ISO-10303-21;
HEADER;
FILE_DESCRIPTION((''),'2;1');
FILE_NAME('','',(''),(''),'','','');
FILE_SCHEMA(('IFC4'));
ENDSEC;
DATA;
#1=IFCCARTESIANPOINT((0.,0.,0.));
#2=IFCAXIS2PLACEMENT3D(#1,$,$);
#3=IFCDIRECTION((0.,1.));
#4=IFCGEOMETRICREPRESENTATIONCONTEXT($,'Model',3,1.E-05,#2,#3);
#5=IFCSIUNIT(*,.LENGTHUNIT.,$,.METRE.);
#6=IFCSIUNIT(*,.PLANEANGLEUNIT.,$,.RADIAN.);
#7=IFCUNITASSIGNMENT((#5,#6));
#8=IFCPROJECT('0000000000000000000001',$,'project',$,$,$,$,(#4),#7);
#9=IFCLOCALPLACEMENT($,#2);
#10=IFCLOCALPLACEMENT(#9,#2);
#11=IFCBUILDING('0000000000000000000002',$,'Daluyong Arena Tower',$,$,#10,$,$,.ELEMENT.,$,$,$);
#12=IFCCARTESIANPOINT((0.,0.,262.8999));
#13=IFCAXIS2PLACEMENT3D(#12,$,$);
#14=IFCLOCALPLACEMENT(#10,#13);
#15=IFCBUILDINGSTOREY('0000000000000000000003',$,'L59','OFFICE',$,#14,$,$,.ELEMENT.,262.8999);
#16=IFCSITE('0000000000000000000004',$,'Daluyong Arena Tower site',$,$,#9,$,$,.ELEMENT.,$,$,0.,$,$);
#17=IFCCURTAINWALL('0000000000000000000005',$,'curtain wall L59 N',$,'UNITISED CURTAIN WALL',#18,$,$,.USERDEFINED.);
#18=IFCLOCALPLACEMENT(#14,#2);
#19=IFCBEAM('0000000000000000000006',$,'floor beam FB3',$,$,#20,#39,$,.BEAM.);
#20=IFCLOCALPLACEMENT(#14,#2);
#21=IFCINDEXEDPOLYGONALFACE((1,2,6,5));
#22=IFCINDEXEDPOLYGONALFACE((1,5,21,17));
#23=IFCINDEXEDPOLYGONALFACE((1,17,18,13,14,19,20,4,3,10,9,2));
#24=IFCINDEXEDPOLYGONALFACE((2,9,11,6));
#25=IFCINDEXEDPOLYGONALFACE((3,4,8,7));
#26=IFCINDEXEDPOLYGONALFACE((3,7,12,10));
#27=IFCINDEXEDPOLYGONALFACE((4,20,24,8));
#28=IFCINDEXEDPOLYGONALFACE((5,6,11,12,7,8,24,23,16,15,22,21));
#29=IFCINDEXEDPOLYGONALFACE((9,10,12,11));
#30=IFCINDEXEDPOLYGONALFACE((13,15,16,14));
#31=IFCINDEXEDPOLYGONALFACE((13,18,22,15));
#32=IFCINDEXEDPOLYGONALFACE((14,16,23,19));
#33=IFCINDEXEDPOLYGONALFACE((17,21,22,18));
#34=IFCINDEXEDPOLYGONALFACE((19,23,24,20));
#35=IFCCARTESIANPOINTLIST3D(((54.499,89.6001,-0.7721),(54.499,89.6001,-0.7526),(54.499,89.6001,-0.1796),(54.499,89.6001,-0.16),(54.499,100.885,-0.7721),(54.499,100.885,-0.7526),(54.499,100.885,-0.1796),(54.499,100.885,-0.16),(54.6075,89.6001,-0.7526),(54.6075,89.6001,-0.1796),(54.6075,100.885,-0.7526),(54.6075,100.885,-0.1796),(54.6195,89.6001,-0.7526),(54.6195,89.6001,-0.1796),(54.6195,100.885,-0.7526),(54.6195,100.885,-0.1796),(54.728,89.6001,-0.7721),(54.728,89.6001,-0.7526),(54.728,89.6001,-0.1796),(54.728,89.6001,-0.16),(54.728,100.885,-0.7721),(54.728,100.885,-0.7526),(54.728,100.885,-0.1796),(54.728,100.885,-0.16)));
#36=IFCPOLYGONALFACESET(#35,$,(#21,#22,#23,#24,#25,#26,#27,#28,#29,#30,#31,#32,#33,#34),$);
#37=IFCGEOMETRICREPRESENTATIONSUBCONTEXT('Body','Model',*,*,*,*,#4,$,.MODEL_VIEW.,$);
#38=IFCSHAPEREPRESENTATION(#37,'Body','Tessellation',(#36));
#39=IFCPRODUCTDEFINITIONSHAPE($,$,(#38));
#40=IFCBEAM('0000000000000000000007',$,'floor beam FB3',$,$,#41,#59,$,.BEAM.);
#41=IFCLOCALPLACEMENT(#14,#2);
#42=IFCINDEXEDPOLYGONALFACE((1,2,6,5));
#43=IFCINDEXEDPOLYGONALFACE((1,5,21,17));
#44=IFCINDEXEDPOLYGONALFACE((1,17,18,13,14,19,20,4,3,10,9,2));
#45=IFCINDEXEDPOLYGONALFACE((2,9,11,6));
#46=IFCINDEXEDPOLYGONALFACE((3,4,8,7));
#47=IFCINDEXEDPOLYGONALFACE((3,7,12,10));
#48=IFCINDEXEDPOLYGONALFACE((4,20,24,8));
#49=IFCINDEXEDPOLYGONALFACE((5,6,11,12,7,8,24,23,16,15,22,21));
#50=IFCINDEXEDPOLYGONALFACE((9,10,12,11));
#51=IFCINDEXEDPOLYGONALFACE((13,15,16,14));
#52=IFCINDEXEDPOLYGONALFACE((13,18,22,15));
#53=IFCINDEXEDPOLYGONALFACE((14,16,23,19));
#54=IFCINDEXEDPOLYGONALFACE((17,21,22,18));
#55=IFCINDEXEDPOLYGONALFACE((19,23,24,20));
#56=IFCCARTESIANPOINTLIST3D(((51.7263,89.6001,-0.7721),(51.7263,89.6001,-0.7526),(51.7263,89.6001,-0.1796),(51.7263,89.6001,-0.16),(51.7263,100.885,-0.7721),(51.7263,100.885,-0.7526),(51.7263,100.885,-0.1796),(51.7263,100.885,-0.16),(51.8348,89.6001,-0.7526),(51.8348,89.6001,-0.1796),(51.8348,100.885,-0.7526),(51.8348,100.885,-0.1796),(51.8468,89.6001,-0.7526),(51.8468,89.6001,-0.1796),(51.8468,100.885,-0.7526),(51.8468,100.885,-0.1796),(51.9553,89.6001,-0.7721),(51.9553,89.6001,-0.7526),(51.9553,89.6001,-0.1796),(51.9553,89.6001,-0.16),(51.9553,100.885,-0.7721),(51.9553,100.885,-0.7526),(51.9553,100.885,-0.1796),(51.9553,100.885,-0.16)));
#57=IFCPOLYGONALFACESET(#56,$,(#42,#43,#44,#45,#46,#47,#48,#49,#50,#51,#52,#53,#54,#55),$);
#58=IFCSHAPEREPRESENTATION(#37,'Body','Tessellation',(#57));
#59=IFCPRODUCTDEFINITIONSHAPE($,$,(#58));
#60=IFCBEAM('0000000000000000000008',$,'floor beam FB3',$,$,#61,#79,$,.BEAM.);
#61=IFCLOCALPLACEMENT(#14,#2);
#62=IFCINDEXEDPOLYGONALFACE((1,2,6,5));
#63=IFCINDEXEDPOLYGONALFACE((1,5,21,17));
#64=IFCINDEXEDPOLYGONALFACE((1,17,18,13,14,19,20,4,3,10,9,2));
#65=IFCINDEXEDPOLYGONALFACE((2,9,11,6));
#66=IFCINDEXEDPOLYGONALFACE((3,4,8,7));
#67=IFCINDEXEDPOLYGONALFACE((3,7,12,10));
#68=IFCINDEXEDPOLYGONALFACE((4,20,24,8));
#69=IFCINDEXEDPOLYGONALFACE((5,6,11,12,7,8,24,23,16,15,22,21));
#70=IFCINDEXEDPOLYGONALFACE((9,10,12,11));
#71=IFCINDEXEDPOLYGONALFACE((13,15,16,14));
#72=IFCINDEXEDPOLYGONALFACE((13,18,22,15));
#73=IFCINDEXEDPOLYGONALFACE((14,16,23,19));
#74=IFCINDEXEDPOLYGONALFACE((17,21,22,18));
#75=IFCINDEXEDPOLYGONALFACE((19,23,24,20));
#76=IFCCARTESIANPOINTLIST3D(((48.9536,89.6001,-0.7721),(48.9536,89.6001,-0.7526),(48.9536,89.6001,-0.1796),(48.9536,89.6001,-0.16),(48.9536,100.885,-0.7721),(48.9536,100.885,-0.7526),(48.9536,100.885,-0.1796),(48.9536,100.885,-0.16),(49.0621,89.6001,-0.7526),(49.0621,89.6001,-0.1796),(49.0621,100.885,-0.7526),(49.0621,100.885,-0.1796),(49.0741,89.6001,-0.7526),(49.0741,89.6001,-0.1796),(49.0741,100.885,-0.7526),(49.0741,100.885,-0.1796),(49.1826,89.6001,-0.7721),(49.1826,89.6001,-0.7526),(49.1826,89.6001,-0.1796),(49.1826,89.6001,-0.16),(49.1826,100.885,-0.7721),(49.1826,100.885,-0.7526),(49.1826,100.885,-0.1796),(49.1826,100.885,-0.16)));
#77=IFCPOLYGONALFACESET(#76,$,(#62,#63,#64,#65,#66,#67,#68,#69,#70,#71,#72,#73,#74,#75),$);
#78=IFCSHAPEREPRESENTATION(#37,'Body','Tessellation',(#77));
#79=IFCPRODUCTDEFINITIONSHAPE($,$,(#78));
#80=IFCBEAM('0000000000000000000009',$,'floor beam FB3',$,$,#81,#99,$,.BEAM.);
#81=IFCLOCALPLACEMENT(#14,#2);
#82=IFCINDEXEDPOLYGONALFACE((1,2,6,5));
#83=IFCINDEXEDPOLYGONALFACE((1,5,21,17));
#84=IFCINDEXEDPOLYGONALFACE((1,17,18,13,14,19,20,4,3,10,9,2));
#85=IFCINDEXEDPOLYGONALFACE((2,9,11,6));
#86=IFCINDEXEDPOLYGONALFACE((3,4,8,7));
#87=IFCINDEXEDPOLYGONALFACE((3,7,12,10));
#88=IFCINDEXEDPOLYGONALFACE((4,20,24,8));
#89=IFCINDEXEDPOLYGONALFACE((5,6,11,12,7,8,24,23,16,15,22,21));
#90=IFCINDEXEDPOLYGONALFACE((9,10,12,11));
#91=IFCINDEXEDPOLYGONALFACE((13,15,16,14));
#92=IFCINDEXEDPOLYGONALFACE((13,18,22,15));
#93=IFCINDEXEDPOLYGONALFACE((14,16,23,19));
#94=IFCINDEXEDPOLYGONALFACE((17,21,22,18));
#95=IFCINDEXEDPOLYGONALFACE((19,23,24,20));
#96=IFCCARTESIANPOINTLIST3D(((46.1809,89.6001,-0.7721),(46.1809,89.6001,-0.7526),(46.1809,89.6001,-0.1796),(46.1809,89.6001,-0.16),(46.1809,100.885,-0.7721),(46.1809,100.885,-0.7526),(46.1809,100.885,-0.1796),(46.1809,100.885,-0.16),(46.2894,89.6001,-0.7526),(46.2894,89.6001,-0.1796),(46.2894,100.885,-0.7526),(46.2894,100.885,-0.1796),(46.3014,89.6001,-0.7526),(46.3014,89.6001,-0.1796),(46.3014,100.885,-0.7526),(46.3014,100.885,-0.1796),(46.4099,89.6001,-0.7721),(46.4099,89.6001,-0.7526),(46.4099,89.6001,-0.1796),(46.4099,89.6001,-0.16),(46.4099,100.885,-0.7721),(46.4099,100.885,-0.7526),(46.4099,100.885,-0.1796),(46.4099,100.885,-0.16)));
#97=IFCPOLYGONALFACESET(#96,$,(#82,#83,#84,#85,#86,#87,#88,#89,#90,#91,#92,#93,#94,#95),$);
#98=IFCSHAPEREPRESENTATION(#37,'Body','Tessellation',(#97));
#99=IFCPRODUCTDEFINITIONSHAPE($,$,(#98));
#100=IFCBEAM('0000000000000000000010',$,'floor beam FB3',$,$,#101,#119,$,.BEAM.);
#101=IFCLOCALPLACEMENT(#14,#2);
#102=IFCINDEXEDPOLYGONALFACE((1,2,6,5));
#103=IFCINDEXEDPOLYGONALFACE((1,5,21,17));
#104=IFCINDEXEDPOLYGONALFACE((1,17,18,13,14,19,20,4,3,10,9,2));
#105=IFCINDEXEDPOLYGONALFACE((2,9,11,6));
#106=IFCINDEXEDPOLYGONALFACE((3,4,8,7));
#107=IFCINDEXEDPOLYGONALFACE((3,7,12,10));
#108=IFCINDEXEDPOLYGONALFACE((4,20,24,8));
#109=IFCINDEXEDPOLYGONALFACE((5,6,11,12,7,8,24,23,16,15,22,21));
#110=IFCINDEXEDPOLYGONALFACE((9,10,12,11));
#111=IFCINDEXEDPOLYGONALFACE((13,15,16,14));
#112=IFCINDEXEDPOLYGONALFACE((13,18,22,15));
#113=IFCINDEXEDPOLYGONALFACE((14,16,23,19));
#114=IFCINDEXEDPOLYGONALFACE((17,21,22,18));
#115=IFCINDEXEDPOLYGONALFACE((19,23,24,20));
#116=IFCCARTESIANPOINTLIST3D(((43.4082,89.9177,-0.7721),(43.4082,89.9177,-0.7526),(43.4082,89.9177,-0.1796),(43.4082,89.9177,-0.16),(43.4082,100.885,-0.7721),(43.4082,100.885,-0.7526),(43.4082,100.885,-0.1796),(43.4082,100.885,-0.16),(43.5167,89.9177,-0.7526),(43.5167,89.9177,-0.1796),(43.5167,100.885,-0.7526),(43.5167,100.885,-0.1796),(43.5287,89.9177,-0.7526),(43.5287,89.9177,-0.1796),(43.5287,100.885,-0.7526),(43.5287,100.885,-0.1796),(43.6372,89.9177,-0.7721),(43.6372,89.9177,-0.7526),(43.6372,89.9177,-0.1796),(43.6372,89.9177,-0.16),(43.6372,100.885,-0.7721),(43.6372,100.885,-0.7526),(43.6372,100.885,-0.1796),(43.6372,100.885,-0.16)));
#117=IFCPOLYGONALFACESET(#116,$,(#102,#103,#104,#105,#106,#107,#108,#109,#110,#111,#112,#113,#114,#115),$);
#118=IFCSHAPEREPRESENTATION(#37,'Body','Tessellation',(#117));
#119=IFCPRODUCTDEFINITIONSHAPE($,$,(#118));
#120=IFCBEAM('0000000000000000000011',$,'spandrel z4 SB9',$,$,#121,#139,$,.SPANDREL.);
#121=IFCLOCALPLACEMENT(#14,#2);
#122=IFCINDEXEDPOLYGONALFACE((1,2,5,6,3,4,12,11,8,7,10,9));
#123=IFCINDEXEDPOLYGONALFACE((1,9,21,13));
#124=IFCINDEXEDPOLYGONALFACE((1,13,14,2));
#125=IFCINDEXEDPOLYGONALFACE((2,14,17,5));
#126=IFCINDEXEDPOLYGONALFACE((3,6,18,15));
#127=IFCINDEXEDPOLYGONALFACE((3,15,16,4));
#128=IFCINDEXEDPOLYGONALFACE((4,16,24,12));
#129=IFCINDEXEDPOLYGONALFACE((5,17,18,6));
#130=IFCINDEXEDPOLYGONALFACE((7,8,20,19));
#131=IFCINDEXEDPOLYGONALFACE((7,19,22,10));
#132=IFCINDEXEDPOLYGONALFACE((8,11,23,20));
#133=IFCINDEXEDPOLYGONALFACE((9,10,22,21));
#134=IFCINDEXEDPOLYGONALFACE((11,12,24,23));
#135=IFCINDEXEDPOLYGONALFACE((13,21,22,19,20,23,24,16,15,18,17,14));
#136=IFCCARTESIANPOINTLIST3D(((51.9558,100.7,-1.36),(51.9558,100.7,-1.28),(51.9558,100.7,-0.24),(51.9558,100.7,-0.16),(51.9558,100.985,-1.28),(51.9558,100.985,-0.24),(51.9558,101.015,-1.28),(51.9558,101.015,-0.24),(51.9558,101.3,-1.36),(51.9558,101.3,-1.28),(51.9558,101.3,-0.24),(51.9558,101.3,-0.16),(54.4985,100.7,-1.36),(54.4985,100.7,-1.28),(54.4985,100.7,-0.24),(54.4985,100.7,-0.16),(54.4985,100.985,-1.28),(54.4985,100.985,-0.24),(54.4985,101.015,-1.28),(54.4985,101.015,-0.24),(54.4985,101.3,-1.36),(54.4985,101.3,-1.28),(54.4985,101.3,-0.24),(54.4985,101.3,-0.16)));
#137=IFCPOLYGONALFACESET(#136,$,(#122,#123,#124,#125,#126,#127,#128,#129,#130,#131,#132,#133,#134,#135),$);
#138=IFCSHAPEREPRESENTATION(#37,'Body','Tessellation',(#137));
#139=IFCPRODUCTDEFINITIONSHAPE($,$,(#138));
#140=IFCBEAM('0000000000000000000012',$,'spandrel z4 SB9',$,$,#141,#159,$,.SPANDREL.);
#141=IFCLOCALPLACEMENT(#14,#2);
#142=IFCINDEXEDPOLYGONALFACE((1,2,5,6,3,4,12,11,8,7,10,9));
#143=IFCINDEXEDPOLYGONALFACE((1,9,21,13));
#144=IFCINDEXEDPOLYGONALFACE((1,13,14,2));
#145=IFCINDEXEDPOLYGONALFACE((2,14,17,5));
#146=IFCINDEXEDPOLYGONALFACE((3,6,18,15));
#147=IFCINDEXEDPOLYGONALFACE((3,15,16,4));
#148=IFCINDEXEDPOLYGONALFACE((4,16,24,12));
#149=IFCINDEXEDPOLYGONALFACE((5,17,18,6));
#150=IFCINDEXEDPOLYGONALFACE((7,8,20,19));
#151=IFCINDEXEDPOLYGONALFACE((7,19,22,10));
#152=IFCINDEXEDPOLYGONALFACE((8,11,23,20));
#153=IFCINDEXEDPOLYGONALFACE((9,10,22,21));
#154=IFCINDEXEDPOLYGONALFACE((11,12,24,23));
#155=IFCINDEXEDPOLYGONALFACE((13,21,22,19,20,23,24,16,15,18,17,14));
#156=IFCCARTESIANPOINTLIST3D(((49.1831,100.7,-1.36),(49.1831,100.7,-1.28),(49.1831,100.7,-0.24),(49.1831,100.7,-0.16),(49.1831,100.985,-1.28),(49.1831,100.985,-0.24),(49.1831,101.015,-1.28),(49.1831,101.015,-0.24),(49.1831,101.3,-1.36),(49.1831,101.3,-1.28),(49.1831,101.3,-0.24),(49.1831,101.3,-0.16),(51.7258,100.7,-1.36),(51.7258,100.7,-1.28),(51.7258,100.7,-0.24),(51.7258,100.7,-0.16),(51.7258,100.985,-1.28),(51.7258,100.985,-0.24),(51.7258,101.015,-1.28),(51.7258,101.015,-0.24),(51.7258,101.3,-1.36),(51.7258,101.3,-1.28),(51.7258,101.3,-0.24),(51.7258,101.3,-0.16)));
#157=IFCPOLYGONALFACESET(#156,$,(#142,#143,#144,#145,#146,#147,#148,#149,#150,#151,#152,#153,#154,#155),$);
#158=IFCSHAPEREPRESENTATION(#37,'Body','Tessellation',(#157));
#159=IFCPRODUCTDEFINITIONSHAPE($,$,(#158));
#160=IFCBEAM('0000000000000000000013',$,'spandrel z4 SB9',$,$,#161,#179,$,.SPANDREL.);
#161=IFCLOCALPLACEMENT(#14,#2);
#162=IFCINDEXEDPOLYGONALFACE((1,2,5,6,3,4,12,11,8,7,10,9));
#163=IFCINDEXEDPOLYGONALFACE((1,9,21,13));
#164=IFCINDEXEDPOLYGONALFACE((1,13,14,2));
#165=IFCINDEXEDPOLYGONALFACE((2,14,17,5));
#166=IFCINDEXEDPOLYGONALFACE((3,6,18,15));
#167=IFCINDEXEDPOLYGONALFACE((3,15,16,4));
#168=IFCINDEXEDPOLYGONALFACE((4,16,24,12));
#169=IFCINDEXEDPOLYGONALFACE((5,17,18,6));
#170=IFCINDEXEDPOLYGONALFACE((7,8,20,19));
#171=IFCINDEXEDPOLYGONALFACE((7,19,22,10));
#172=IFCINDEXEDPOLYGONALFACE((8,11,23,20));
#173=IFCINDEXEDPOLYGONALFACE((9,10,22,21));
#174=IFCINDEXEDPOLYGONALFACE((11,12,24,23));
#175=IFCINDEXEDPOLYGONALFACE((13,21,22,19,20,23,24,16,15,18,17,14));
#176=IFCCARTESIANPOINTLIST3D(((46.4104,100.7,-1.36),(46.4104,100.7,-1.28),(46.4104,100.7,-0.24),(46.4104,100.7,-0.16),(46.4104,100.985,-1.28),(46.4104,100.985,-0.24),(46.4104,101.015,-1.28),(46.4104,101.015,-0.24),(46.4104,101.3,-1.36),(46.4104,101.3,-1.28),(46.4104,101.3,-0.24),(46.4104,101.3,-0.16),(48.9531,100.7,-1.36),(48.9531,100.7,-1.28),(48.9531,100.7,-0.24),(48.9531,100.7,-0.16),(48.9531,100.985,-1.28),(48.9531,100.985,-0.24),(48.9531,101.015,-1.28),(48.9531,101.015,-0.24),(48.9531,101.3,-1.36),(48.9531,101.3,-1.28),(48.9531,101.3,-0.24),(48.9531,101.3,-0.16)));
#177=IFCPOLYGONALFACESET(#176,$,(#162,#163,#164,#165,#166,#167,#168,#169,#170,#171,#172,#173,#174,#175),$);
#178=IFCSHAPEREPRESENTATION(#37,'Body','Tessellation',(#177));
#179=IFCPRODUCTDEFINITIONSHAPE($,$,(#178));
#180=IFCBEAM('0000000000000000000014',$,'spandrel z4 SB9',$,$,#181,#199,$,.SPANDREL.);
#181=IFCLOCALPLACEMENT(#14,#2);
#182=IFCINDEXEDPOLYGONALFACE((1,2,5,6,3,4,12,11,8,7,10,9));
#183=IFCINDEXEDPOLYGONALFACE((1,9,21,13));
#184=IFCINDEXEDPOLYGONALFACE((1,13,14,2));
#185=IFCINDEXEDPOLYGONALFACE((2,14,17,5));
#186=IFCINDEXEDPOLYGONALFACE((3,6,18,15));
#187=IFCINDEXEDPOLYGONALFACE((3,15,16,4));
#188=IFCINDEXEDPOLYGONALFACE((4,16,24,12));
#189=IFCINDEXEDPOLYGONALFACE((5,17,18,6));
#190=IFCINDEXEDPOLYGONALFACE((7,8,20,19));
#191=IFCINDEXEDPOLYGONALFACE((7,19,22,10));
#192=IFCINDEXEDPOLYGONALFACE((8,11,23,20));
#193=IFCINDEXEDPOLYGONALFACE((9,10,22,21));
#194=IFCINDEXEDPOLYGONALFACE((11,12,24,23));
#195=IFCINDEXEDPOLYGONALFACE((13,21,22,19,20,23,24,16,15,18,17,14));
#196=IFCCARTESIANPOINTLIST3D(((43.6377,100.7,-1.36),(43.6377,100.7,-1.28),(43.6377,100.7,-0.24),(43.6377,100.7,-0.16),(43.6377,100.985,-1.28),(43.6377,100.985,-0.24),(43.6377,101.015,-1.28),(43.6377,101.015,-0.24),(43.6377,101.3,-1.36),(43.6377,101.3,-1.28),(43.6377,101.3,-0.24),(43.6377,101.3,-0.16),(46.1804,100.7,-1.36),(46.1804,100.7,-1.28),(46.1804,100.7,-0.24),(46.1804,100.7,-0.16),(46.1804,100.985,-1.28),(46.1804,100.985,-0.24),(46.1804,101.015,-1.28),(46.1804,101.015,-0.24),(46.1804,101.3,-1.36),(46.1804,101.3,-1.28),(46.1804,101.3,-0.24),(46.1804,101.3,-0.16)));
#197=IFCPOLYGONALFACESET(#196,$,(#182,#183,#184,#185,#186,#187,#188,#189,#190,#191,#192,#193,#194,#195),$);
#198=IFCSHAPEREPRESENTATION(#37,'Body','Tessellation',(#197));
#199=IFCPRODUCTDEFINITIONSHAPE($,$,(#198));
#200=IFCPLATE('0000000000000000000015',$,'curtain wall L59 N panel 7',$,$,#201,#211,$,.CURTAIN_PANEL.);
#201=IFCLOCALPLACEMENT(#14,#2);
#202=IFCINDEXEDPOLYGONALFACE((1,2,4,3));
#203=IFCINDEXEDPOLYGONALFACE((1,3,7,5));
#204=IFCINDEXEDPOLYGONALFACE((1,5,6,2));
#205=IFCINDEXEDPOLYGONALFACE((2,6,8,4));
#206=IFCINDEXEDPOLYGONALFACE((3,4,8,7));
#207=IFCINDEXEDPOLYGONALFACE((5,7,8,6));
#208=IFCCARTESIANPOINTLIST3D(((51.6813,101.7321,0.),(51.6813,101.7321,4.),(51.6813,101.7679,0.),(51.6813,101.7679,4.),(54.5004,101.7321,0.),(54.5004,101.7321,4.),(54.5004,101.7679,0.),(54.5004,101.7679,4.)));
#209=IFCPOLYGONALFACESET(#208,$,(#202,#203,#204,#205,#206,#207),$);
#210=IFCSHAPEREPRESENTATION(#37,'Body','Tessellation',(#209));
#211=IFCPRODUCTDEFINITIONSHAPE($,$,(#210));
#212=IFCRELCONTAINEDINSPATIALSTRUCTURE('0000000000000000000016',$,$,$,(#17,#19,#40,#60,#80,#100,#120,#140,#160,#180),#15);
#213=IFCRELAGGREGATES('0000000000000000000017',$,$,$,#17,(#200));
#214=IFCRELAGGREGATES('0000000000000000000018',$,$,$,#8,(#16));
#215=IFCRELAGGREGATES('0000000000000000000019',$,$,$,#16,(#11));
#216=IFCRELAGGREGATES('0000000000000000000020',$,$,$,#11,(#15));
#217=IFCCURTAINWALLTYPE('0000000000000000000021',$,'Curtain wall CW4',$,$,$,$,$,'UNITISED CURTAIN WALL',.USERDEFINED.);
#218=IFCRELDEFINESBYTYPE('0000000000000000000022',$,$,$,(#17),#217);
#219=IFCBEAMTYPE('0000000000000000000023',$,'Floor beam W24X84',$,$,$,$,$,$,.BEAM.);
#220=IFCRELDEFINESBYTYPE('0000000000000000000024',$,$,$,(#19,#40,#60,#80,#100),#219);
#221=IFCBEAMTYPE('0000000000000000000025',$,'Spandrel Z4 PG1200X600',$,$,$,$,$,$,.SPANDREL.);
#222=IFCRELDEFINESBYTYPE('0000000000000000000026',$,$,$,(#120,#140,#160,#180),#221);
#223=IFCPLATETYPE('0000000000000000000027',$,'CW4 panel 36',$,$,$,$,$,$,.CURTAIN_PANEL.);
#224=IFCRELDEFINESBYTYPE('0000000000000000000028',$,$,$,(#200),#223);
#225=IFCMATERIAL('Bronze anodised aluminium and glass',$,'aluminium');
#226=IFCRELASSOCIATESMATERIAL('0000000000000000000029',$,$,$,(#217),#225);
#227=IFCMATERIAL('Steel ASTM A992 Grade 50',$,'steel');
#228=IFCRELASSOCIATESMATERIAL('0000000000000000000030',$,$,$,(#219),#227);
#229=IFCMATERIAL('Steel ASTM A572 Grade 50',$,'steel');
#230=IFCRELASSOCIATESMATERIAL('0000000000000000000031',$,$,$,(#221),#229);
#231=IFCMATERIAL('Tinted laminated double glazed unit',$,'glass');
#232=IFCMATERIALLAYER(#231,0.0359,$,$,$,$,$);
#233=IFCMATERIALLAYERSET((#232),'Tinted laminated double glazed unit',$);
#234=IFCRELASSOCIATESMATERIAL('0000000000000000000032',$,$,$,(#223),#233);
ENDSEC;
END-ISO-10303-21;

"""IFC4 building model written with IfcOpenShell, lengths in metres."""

from ifc_helpers import new_model, si_unit, direction, frame, origin, origin_2d, place, context, subcontext, project, spatial, rectangle, i_section, extrude, material, layer, layer_set, material_profile, profile_set, type_object, element, aggregate, save


model = new_model("IFC4")

# Units and contexts
model_context = context("Model", 3, precision=1e-05, world=origin(), true_north=direction((0.0, 1.0)))
body_context = subcontext(model_context, "Body", "Model", "MODEL_VIEW")
ifc_project = project(units=[si_unit("LENGTHUNIT", "METRE"), si_unit("PLANEANGLEUNIT", "RADIAN")], contexts=[model_context])

# Site, building, storey
site_placement = place(None, origin())
site = spatial("IfcSite", under=ifc_project, at=site_placement, Name="Daluyong Arena Tower site", CompositionType="ELEMENT", RefElevation=0.0)
building_placement = place(site_placement, origin())
building = spatial("IfcBuilding", under=site, at=building_placement, Name="Daluyong Arena Tower", CompositionType="ELEMENT")
storey_placement = place(building_placement, frame((0.0, 0.0, 262.8999)))
storey = spatial("IfcBuildingStorey", under=building, at=storey_placement, Name="L59", Description="OFFICE", CompositionType="ELEMENT", Elevation=262.8999)

# Curtain wall
ifc_material_1 = material(Name="Bronze anodised aluminium and glass", Category="aluminium")
curtain_wall_type = type_object("IfcCurtainWallType", Name="Curtain wall CW4", ElementType="UNITISED CURTAIN WALL", PredefinedType="USERDEFINED", material=ifc_material_1)
curtain_wall_placement = place(storey_placement, origin())
curtain_wall = element("IfcCurtainWall", 1, at=curtain_wall_placement, inside=storey, type_object=curtain_wall_type, Name="curtain wall L59 N", ObjectType="UNITISED CURTAIN WALL", PredefinedType="USERDEFINED")

# Beams
ifc_material_2 = material(Name="Steel ASTM A992 Grade 50", Category="steel")
ifc_material_profile_1 = material_profile(ifc_material_2, i_section(OverallWidth=0.229, OverallDepth=0.6121, WebThickness=0.012, FlangeThickness=0.0195, at=origin_2d()))
ifc_profile_set_1 = profile_set([ifc_material_profile_1], Name="Steel ASTM A992 Grade 50")
beam_type_1 = type_object("IfcBeamType", Name="Floor beam W24X84", PredefinedType="BEAM", material=ifc_profile_set_1)
for number, where, z_axis, x_axis, name in (
    (2, (54.6135, 100.885, -0.4661), (0.0, -1.0, 0.0), (1.0, 0.0, 0.0), "floor beam FB3"),
    (3, (51.8408, 100.885, -0.4661), (0.0, -1.0, 0.0), (1.0, 0.0, 0.0), "floor beam FB3"),
    (4, (49.0681, 100.885, -0.4661), (0.0, -1.0, 0.0), (1.0, 0.0, 0.0), "floor beam FB3"),
    (5, (46.2954, 100.885, -0.4661), (0.0, -1.0, 0.0), (1.0, 0.0, 0.0), "floor beam FB3"),
):
    element("IfcBeam", number, at=place(storey_placement, frame(where, z_axis=z_axis, x_axis=x_axis)), inside=storey, type_object=beam_type_1, Name=name, PredefinedType="BEAM", context=body_context, shape_type="SweptSolid", body=[
        extrude(i_section(OverallWidth=0.229, OverallDepth=0.6121, WebThickness=0.012, FlangeThickness=0.0195, at=origin_2d()), origin(), (0.0, 0.0, 1.0), 11.2849),
    ])
beam_placement = place(storey_placement, frame((43.5227, 100.885, -0.4661), z_axis=(0.0, -1.0, 0.0), x_axis=(1.0, 0.0, 0.0)))
element("IfcBeam", 6, at=beam_placement, inside=storey, type_object=beam_type_1, Name="floor beam FB3", PredefinedType="BEAM", context=body_context, shape_type="SweptSolid", body=[
    extrude(i_section(OverallWidth=0.229, OverallDepth=0.6121, WebThickness=0.012, FlangeThickness=0.0195, at=origin_2d()), origin(), (0.0, 0.0, 1.0), 10.9673),
])
ifc_material_3 = material(Name="Steel ASTM A572 Grade 50", Category="steel")
ifc_material_profile_2 = material_profile(ifc_material_3, i_section(OverallWidth=0.6001, OverallDepth=1.2, WebThickness=0.03, FlangeThickness=0.08, at=origin_2d()))
ifc_profile_set_2 = profile_set([ifc_material_profile_2], Name="Steel ASTM A572 Grade 50")
beam_type_2 = type_object("IfcBeamType", Name="Spandrel Z4 PG1200X600", PredefinedType="SPANDREL", material=ifc_profile_set_2)
for number, where, z_axis, x_axis, name in (
    (7, (54.4985, 101.0, -0.76), (-1.0, 0.0, 0.0), (0.0, -1.0, 0.0), "spandrel z4 SB9"),
    (8, (51.7258, 101.0, -0.76), (-1.0, 0.0, 0.0), (0.0, -1.0, 0.0), "spandrel z4 SB9"),
    (9, (48.9531, 101.0, -0.76), (-1.0, 0.0, 0.0), (0.0, -1.0, 0.0), "spandrel z4 SB9"),
    (10, (46.1804, 101.0, -0.76), (-1.0, 0.0, 0.0), (0.0, -1.0, 0.0), "spandrel z4 SB9"),
):
    element("IfcBeam", number, at=place(storey_placement, frame(where, z_axis=z_axis, x_axis=x_axis)), inside=storey, type_object=beam_type_2, Name=name, PredefinedType="SPANDREL", context=body_context, shape_type="SweptSolid", body=[
        extrude(i_section(OverallWidth=0.6001, OverallDepth=1.2, WebThickness=0.03, FlangeThickness=0.08, at=origin_2d()), origin(), (0.0, 0.0, 1.0), 2.5427),
    ])

# Plate
ifc_material_4 = material(Name="Tinted laminated double glazed unit", Category="glass")
ifc_layer_1 = layer(ifc_material_4, 0.0359)
ifc_layer_set_1 = layer_set([ifc_layer_1], Name="Tinted laminated double glazed unit")
plate_type = type_object("IfcPlateType", Name="CW4 panel 36", PredefinedType="CURTAIN_PANEL", material=ifc_layer_set_1)
plate_1_placement = place(storey_placement, frame((53.0908, 101.75, 0.0), z_axis=(0.0, 0.0, 1.0), x_axis=(-1.0, 0.0, 0.0)))
plate_1 = element("IfcPlate", 11, at=plate_1_placement, type_object=plate_type, Name="curtain wall L59 N panel 7", PredefinedType="CURTAIN_PANEL", context=body_context, shape_type="SweptSolid", body=[
    extrude(rectangle(XDim=2.8191, YDim=0.0359, at=origin_2d()), origin(), (0.0, 0.0, 1.0), 4.0),
])
aggregate(curtain_wall, [plate_1])

save(model, "model.ifc")
